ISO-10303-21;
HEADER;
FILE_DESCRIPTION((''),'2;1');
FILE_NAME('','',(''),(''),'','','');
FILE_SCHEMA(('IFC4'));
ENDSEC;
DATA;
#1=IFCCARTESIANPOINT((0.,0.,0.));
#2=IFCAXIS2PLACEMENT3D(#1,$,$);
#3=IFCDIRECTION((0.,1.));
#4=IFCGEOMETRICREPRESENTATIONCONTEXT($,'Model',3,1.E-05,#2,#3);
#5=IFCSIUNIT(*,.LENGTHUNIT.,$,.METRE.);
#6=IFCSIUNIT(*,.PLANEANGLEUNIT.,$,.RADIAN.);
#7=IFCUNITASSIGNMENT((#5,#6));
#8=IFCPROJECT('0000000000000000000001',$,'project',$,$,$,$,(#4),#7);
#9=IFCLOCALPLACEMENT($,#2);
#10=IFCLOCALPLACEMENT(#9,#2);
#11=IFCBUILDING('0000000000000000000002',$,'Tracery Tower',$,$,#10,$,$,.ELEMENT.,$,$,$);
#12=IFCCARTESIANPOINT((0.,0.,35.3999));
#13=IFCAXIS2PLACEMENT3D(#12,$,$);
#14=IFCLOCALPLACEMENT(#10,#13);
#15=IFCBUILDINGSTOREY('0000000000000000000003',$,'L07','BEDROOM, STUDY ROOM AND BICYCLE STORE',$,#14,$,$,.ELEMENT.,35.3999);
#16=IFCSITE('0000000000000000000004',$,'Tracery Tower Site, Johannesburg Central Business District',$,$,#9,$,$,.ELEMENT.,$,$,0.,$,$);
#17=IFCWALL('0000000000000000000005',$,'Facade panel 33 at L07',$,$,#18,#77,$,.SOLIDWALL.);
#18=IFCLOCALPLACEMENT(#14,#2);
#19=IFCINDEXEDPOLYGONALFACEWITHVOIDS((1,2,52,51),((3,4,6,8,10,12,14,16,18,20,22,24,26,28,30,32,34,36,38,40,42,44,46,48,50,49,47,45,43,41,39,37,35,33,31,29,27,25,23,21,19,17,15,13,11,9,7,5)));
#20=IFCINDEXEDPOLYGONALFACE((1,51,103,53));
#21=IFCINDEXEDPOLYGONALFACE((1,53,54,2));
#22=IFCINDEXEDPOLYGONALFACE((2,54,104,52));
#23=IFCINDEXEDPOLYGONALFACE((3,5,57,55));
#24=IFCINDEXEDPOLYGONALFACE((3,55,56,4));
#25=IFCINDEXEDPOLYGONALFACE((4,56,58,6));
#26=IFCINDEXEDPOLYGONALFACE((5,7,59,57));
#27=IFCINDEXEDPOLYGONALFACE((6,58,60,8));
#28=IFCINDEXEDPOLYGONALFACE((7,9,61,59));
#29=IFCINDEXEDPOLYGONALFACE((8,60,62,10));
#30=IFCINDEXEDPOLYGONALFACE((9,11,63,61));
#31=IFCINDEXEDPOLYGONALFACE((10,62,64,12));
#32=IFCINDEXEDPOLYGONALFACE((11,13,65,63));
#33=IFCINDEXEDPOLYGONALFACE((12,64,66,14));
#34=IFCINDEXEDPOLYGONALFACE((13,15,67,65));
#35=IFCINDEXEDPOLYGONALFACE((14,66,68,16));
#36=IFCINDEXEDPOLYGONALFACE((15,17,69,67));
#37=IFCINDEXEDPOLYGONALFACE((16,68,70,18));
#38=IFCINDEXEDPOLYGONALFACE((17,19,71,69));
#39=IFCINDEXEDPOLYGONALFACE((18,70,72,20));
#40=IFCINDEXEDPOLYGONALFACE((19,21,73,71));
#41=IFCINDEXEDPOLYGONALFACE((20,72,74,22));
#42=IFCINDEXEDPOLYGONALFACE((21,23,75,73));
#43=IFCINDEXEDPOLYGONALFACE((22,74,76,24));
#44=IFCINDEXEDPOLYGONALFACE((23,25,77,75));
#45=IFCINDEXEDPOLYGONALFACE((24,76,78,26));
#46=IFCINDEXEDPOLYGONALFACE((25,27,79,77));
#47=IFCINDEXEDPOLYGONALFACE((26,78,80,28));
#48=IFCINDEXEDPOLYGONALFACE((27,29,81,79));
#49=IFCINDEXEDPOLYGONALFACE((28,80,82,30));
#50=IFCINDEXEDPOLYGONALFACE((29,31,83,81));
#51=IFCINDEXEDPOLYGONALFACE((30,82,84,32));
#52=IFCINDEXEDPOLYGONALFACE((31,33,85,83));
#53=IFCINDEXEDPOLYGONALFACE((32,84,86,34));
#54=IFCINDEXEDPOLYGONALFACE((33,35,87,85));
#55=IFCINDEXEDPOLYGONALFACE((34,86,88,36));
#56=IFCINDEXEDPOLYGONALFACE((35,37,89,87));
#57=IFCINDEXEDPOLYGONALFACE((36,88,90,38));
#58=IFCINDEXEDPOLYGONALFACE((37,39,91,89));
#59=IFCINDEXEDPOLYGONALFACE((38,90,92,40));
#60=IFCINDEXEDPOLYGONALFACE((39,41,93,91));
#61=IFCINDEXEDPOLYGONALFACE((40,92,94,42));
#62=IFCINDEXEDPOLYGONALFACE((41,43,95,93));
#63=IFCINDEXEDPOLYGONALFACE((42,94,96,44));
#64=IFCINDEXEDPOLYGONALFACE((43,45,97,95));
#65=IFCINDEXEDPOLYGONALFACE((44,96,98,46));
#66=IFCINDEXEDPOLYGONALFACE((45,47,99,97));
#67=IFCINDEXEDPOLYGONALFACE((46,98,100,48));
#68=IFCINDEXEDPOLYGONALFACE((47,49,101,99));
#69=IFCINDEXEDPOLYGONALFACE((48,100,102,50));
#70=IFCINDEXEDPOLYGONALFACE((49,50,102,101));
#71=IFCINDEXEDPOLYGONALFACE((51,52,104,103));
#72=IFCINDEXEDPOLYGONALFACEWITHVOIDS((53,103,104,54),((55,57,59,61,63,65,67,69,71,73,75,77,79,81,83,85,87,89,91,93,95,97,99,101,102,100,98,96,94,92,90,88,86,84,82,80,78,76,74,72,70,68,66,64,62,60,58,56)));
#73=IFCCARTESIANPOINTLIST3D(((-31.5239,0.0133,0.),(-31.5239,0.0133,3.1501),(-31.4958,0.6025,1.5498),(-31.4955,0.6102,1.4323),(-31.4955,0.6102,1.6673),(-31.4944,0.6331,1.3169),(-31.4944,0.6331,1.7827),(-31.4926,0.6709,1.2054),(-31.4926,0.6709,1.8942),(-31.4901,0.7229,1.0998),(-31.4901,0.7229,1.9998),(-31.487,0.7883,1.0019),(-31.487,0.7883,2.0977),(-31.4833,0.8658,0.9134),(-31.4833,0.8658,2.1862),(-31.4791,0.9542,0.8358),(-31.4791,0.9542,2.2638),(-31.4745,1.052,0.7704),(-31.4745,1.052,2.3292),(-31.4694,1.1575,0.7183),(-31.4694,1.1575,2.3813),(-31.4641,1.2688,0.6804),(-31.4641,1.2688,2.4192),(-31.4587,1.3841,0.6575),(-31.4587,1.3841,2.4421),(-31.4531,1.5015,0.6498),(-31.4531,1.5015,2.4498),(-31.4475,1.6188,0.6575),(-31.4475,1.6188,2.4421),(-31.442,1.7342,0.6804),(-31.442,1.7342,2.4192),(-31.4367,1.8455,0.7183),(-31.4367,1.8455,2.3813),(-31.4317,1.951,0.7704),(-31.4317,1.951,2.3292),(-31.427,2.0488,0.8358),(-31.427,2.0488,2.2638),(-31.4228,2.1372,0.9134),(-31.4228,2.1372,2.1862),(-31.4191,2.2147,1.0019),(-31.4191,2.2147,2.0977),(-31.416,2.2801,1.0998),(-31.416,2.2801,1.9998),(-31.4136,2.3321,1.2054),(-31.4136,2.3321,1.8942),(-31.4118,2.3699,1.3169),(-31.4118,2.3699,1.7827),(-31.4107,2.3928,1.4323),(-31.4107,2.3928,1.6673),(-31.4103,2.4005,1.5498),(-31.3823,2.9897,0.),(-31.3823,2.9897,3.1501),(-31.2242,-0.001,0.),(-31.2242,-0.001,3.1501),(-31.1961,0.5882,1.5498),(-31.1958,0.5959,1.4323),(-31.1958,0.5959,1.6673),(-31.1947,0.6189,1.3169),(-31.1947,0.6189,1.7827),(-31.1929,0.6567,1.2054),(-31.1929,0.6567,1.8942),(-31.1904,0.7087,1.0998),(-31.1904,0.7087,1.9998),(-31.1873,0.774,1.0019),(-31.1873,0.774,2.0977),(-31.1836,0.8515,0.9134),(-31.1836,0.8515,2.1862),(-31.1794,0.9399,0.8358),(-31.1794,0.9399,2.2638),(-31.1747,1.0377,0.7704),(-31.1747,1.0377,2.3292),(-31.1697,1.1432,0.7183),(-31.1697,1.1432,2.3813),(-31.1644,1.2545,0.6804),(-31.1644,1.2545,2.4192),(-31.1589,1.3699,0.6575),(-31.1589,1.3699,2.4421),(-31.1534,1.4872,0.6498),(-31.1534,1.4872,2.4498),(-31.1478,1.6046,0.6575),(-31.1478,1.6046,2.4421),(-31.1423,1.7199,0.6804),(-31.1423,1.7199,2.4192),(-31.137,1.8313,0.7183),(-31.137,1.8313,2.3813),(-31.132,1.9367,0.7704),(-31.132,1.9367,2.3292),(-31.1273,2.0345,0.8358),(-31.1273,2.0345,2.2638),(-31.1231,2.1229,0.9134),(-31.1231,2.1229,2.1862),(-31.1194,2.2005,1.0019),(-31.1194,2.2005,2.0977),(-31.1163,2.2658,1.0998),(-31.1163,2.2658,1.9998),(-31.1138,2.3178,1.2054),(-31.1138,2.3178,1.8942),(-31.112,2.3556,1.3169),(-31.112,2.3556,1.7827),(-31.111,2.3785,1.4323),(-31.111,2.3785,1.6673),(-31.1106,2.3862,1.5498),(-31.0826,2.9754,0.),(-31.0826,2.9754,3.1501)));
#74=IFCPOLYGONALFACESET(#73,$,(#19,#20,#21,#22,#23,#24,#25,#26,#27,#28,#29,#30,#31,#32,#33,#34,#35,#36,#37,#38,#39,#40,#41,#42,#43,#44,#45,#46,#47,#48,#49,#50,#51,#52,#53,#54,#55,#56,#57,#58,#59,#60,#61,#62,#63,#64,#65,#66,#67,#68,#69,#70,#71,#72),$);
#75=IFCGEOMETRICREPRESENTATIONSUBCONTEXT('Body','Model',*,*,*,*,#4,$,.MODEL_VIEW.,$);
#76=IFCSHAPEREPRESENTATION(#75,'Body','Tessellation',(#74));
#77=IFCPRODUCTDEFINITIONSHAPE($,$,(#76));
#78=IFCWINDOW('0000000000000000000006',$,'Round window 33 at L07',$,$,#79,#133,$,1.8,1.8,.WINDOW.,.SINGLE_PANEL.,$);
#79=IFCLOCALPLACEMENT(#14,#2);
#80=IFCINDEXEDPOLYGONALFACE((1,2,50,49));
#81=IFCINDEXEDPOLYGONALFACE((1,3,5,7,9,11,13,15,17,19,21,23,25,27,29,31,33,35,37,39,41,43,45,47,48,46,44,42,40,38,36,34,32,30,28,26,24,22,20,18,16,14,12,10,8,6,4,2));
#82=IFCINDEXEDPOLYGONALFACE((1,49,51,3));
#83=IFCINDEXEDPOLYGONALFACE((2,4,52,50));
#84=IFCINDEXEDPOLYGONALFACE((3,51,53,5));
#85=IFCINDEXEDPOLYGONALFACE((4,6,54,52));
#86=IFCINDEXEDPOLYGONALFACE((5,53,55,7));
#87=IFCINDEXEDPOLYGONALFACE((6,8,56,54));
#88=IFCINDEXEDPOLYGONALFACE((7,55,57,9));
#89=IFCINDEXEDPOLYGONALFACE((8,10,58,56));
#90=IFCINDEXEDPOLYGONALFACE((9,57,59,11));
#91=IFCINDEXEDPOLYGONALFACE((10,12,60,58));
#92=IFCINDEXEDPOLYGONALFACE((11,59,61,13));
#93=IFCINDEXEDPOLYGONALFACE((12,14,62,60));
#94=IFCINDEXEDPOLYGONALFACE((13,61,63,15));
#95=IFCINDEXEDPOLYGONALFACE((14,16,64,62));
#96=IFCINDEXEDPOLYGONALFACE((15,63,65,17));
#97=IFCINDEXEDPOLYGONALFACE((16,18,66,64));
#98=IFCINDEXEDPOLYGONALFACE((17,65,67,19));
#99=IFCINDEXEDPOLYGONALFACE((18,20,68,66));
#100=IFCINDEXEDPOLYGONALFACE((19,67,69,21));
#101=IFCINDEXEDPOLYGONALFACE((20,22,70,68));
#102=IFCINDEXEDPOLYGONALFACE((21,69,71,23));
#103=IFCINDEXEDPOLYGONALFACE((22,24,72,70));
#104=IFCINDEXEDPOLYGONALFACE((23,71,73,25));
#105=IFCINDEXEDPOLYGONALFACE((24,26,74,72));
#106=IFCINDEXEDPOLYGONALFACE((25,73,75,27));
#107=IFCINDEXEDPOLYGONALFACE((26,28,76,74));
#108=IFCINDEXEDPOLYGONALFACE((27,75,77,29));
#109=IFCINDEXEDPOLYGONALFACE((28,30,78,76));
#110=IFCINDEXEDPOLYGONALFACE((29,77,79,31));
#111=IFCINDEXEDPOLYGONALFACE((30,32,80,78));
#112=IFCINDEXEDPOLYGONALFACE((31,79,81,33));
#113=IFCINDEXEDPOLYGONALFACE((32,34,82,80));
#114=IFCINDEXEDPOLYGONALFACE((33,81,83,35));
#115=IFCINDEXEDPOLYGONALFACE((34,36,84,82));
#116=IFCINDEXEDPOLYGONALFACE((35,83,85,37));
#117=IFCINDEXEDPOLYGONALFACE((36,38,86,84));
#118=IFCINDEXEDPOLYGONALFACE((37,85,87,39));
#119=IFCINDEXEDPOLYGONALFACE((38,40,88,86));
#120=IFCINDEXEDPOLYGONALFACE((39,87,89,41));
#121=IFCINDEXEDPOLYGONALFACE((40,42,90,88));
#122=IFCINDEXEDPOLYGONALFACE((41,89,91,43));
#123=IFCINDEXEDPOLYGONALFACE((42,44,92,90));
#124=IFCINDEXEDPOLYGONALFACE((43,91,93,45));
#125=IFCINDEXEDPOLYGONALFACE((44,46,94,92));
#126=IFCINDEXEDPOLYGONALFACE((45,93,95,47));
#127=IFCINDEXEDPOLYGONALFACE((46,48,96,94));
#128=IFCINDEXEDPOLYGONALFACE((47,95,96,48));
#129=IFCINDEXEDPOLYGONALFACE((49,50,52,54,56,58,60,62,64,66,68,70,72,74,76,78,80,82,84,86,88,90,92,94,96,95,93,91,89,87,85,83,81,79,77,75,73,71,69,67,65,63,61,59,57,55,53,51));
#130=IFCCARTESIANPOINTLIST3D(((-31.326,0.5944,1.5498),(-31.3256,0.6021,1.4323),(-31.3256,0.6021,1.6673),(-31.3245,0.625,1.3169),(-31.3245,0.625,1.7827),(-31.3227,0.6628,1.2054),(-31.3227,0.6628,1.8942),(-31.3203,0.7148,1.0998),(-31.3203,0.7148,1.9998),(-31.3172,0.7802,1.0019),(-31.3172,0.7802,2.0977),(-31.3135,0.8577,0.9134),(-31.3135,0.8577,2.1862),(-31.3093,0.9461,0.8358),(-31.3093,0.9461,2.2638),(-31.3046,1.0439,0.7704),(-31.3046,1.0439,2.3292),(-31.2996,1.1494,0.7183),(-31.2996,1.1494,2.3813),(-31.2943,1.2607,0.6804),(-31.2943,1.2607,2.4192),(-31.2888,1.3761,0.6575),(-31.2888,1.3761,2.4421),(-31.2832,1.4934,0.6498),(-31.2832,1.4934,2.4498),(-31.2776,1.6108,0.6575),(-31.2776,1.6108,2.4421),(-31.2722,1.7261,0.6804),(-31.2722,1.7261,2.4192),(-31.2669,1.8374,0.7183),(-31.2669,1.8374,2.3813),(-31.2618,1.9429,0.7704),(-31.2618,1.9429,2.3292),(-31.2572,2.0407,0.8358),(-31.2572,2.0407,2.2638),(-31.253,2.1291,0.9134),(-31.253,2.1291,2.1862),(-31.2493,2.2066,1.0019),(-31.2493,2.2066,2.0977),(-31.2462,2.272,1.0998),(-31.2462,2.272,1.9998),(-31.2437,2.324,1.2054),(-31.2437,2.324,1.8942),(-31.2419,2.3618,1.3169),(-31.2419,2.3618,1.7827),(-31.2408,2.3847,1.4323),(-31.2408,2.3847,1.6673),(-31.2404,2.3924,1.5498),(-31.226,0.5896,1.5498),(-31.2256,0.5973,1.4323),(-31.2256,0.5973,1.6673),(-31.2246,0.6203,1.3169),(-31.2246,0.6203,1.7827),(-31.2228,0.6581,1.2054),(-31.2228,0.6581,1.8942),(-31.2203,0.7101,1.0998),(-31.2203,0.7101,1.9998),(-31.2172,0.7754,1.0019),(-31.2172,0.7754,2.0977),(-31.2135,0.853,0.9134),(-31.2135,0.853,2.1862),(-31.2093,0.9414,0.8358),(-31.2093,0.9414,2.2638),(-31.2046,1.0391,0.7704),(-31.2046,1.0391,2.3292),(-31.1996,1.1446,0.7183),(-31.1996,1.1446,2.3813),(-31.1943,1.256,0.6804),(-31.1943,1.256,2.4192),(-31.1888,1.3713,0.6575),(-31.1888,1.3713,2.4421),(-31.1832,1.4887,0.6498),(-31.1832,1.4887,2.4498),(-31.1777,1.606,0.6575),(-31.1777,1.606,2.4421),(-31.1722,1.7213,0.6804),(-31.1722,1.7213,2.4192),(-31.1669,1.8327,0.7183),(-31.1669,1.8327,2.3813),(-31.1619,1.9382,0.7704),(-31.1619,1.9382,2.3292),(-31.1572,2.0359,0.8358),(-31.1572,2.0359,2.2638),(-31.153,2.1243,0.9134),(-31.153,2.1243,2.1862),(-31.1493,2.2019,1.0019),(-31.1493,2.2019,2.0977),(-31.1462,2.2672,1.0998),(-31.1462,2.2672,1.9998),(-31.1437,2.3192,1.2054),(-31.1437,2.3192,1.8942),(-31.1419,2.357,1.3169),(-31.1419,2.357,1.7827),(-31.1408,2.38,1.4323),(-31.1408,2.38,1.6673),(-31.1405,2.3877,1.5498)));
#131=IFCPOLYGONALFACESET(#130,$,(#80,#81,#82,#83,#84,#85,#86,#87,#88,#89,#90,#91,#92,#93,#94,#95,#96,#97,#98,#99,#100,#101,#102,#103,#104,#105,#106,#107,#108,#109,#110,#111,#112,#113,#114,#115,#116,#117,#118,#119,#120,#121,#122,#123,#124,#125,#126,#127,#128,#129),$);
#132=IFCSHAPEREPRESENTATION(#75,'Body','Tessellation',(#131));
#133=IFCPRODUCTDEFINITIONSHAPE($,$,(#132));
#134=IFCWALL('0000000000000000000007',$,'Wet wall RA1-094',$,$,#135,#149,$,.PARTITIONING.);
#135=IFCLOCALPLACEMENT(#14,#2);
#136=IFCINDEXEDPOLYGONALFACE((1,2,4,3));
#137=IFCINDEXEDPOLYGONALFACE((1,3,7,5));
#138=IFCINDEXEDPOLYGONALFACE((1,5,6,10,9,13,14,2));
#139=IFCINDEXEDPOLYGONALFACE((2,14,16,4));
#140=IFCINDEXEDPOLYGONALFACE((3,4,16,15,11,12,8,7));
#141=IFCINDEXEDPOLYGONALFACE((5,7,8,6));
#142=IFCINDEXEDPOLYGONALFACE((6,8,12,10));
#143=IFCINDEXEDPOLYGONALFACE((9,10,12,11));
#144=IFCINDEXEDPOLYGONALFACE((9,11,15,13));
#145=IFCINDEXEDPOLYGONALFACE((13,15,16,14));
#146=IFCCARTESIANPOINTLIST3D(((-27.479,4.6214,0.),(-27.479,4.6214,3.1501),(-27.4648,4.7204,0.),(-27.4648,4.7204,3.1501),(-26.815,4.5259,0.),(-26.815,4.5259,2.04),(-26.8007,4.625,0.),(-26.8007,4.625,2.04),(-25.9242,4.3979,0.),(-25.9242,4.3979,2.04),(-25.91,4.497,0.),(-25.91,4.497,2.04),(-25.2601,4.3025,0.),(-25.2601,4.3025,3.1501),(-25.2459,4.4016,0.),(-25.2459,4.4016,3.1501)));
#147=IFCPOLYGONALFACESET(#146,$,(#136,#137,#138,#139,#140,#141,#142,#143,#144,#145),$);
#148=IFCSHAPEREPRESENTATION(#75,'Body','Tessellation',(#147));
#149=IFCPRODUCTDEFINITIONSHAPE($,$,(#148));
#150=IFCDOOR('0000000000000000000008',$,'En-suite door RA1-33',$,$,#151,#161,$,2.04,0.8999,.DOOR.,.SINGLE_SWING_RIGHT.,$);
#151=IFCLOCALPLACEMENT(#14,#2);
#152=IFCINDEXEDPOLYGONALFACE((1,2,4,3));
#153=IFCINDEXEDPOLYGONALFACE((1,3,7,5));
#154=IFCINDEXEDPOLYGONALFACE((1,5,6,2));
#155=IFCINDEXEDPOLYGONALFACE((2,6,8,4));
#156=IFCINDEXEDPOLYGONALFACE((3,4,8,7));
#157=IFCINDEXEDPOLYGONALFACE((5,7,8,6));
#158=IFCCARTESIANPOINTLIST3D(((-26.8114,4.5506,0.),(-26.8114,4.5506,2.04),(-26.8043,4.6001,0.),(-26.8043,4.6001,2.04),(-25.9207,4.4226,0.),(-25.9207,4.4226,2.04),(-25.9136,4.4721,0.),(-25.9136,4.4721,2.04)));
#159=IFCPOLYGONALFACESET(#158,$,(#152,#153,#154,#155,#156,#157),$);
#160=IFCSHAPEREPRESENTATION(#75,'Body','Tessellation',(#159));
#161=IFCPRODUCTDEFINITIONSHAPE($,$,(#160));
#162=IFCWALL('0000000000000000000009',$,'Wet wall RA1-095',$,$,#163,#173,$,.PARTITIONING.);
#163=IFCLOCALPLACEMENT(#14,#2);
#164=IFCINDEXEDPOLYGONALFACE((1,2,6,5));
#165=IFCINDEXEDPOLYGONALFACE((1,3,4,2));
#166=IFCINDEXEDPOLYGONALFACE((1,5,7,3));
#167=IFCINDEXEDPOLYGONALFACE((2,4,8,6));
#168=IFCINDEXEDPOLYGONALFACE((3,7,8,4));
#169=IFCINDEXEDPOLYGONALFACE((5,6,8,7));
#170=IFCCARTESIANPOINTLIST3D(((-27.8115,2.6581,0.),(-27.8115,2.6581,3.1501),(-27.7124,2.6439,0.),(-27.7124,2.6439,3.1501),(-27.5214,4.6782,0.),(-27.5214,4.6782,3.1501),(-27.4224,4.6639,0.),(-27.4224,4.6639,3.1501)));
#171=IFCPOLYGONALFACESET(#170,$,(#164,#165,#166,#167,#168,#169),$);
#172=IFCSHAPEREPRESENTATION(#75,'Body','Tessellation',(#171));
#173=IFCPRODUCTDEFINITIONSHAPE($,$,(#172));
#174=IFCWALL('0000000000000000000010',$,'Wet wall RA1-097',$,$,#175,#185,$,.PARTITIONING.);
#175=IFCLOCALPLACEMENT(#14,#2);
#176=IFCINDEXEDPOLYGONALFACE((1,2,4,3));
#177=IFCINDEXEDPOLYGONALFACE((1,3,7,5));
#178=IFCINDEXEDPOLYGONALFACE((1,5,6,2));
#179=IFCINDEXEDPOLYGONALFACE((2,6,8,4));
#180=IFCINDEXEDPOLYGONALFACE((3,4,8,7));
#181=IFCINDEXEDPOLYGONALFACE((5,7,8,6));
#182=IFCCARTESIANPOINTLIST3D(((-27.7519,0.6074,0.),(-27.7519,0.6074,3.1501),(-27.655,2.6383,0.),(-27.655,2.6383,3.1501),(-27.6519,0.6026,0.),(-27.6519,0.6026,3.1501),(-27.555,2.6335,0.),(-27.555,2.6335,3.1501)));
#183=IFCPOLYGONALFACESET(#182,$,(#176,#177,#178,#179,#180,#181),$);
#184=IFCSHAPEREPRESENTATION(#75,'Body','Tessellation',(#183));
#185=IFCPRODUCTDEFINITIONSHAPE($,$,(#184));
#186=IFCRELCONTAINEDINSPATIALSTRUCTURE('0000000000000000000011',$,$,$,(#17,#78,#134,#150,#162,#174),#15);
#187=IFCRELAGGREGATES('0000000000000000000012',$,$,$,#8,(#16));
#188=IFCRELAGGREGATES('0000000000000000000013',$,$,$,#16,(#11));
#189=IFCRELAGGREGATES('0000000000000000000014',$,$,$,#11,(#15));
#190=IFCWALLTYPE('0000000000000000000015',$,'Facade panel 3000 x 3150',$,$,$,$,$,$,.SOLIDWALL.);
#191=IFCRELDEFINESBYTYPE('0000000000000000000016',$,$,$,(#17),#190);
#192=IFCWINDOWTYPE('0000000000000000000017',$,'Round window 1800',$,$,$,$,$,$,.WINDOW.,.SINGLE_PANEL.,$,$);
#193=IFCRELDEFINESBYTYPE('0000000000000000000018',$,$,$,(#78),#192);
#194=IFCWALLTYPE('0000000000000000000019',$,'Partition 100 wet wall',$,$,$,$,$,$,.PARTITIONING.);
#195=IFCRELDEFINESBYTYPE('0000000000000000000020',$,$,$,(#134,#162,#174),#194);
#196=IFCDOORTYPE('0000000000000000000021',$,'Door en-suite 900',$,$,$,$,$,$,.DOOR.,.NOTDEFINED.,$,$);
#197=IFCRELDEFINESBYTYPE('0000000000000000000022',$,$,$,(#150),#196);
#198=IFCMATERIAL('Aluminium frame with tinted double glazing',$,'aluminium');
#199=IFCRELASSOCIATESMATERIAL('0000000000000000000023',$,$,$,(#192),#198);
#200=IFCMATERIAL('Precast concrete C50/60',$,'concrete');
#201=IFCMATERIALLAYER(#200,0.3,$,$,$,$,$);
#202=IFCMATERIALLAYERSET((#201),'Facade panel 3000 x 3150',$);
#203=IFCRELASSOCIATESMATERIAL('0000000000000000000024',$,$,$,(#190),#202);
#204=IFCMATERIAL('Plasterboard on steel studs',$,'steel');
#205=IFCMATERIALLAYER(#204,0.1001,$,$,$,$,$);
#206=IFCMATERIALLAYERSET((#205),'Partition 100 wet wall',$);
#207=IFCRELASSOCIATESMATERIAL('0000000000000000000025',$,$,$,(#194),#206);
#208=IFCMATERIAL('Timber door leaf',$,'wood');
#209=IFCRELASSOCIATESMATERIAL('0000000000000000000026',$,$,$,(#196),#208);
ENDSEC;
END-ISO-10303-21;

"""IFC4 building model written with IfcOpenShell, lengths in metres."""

from ifc_helpers import new_model, si_unit, direction, frame, frame_2d, origin, origin_2d, place, context, subcontext, project, spatial, rectangle, circle, extrude, material, layer, layer_set, type_object, element, fill, save


model = new_model("IFC4")

# Units and contexts
model_context = context("Model", 3, precision=1e-05, world=origin(), true_north=direction((0.0, 1.0)))
body_context = subcontext(model_context, "Body", "Model", "MODEL_VIEW")
ifc_project = project(units=[si_unit("LENGTHUNIT", "METRE"), si_unit("PLANEANGLEUNIT", "RADIAN")], contexts=[model_context])

# Site, building, storey
site_placement = place(None, origin())
site = spatial("IfcSite", under=ifc_project, at=site_placement, Name="Tracery Tower Site, Johannesburg Central Business District", CompositionType="ELEMENT", RefElevation=0.0)
building_placement = place(site_placement, origin())
building = spatial("IfcBuilding", under=site, at=building_placement, Name="Tracery Tower", CompositionType="ELEMENT")
storey_placement = place(building_placement, frame((0.0, 0.0, 35.3999)))
storey = spatial("IfcBuildingStorey", under=building, at=storey_placement, Name="L07", Description="BEDROOM, STUDY ROOM AND BICYCLE STORE", CompositionType="ELEMENT", Elevation=35.3999)

# Wall, opening, window
ifc_material_1 = material(Name="Aluminium frame with tinted double glazing", Category="aluminium")
window_type = type_object("IfcWindowType", Name="Round window 1800", PartitioningType="SINGLE_PANEL", PredefinedType="WINDOW", material=ifc_material_1)
ifc_material_2 = material(Name="Precast concrete C50/60", Category="concrete")
ifc_layer_1 = layer(ifc_material_2, 0.3)
ifc_layer_set_1 = layer_set([ifc_layer_1], Name="Facade panel 3000 x 3150")
wall_type_1 = type_object("IfcWallType", Name="Facade panel 3000 x 3150", PredefinedType="SOLIDWALL", material=ifc_layer_set_1)
wall_1_placement = place(storey_placement, frame((-31.2324, 2.9824, 0.0), z_axis=(0.0, 0.0, 1.0), x_axis=(-0.047522, -0.99887, 0.0)))
wall_1 = element("IfcWall", 1, at=wall_1_placement, inside=storey, type_object=wall_type_1, Name="Facade panel 33 at L07", PredefinedType="SOLIDWALL", context=body_context, shape_type="SweptSolid", body=[
    extrude(rectangle(XDim=2.9797, YDim=0.3, at=frame_2d((1.4897, 0.0))), origin(), (0.0, 0.0, 1.0), 3.1501),
])
opening_1_placement = place(wall_1_placement, frame((1.4897, 0.0, 1.5498)))
opening_1 = element("IfcOpeningElement", 2, at=opening_1_placement, cuts=wall_1, PredefinedType="OPENING", context=body_context, shape_type="SweptSolid", body=[
    extrude(circle(Radius=0.9, at=origin_2d()), frame((0.0, 0.1599, 0.0), z_axis=(0.0, -1.0, 0.0), x_axis=(1.0, 0.0, 0.0)), (0.0, 0.0, 1.0), 0.3201),
])
window_1_placement = place(opening_1_placement, origin())
window_1 = element("IfcWindow", 3, at=window_1_placement, inside=storey, type_object=window_type, Name="Round window 33 at L07", OverallHeight=1.8, OverallWidth=1.8, PartitioningType="SINGLE_PANEL", PredefinedType="WINDOW", context=body_context, shape_type="SweptSolid", body=[
    extrude(circle(Radius=0.9, at=origin_2d()), frame((0.0, 0.1201, 0.0), z_axis=(0.0, -1.0, 0.0), x_axis=(1.0, 0.0, 0.0)), (0.0, 0.0, 1.0), 0.1001),
])
fill(opening_1, window_1)

# Wall, opening, door
ifc_material_3 = material(Name="Plasterboard on steel studs", Category="steel")
ifc_layer_2 = layer(ifc_material_3, 0.1001)
ifc_layer_set_2 = layer_set([ifc_layer_2], Name="Partition 100 wet wall")
wall_type_2 = type_object("IfcWallType", Name="Partition 100 wet wall", PredefinedType="PARTITIONING", material=ifc_layer_set_2)
wall_2_placement = place(storey_placement, frame((-27.4719, 4.6709, 0.0), z_axis=(0.0, 0.0, 1.0), x_axis=(0.989834, -0.142229, 0.0)))
wall_2 = element("IfcWall", 4, at=wall_2_placement, inside=storey, type_object=wall_type_2, Name="Wet wall RA1-094", PredefinedType="PARTITIONING", context=body_context, shape_type="SweptSolid", body=[
    extrude(rectangle(XDim=2.2417, YDim=0.1001, at=frame_2d((1.1208, 0.0))), origin(), (0.0, 0.0, 1.0), 3.1501),
])
opening_2_placement = place(wall_2_placement, frame((0.6709, 0.0, 0.0)))
opening_2 = element("IfcOpeningElement", 5, at=opening_2_placement, cuts=wall_2, PredefinedType="OPENING", context=body_context, shape_type="SweptSolid", body=[
    extrude(rectangle(XDim=0.8999, YDim=2.04, at=frame_2d((0.45, 1.02))), frame((0.0, 0.05, 0.0), z_axis=(0.0, -1.0, 0.0), x_axis=(1.0, 0.0, 0.0)), (0.0, 0.0, 1.0), 0.1001),
])
ifc_material_4 = material(Name="Timber door leaf", Category="wood")
door_type_1 = type_object("IfcDoorType", Name="Door en-suite 900", OperationType="NOTDEFINED", PredefinedType="DOOR", material=ifc_material_4)
door_1_placement = place(opening_2_placement, origin())
door_1 = element("IfcDoor", 6, at=door_1_placement, inside=storey, type_object=door_type_1, Name="En-suite door RA1-33", OperationType="SINGLE_SWING_RIGHT", OverallHeight=2.04, OverallWidth=0.8999, PredefinedType="DOOR", context=body_context, shape_type="SweptSolid", body=[
    extrude(rectangle(XDim=0.8999, YDim=2.04, at=frame_2d((0.45, 1.02))), frame((0.0, 0.0249, 0.0), z_axis=(0.0, -1.0, 0.0), x_axis=(1.0, 0.0, 0.0)), (0.0, 0.0, 1.0), 0.05),
])
fill(opening_2, door_1)

# Walls
wall_3_placement = place(storey_placement, frame((-27.762, 2.6509, 0.0), z_axis=(0.0, 0.0, 1.0), x_axis=(0.142125, 0.989849, 0.0)))
element("IfcWall", 7, at=wall_3_placement, inside=storey, type_object=wall_type_2, Name="Wet wall RA1-095", PredefinedType="PARTITIONING", context=body_context, shape_type="SweptSolid", body=[
    extrude(rectangle(XDim=2.0408, YDim=0.1001, at=frame_2d((1.0205, 0.0))), origin(), (0.0, 0.0, 1.0), 3.1501),
])
wall_4_placement = place(storey_placement, frame((-27.7019, 0.605, 0.0), z_axis=(0.0, 0.0, 1.0), x_axis=(0.047668, 0.998863, 0.0)))
element("IfcWall", 8, at=wall_4_placement, inside=storey, type_object=wall_type_2, Name="Wet wall RA1-097", PredefinedType="PARTITIONING", context=body_context, shape_type="SweptSolid", body=[
    extrude(rectangle(XDim=2.0332, YDim=0.1001, at=frame_2d((1.0166, 0.0))), origin(), (0.0, 0.0, 1.0), 3.1501),
])

save(model, "model.ifc")
